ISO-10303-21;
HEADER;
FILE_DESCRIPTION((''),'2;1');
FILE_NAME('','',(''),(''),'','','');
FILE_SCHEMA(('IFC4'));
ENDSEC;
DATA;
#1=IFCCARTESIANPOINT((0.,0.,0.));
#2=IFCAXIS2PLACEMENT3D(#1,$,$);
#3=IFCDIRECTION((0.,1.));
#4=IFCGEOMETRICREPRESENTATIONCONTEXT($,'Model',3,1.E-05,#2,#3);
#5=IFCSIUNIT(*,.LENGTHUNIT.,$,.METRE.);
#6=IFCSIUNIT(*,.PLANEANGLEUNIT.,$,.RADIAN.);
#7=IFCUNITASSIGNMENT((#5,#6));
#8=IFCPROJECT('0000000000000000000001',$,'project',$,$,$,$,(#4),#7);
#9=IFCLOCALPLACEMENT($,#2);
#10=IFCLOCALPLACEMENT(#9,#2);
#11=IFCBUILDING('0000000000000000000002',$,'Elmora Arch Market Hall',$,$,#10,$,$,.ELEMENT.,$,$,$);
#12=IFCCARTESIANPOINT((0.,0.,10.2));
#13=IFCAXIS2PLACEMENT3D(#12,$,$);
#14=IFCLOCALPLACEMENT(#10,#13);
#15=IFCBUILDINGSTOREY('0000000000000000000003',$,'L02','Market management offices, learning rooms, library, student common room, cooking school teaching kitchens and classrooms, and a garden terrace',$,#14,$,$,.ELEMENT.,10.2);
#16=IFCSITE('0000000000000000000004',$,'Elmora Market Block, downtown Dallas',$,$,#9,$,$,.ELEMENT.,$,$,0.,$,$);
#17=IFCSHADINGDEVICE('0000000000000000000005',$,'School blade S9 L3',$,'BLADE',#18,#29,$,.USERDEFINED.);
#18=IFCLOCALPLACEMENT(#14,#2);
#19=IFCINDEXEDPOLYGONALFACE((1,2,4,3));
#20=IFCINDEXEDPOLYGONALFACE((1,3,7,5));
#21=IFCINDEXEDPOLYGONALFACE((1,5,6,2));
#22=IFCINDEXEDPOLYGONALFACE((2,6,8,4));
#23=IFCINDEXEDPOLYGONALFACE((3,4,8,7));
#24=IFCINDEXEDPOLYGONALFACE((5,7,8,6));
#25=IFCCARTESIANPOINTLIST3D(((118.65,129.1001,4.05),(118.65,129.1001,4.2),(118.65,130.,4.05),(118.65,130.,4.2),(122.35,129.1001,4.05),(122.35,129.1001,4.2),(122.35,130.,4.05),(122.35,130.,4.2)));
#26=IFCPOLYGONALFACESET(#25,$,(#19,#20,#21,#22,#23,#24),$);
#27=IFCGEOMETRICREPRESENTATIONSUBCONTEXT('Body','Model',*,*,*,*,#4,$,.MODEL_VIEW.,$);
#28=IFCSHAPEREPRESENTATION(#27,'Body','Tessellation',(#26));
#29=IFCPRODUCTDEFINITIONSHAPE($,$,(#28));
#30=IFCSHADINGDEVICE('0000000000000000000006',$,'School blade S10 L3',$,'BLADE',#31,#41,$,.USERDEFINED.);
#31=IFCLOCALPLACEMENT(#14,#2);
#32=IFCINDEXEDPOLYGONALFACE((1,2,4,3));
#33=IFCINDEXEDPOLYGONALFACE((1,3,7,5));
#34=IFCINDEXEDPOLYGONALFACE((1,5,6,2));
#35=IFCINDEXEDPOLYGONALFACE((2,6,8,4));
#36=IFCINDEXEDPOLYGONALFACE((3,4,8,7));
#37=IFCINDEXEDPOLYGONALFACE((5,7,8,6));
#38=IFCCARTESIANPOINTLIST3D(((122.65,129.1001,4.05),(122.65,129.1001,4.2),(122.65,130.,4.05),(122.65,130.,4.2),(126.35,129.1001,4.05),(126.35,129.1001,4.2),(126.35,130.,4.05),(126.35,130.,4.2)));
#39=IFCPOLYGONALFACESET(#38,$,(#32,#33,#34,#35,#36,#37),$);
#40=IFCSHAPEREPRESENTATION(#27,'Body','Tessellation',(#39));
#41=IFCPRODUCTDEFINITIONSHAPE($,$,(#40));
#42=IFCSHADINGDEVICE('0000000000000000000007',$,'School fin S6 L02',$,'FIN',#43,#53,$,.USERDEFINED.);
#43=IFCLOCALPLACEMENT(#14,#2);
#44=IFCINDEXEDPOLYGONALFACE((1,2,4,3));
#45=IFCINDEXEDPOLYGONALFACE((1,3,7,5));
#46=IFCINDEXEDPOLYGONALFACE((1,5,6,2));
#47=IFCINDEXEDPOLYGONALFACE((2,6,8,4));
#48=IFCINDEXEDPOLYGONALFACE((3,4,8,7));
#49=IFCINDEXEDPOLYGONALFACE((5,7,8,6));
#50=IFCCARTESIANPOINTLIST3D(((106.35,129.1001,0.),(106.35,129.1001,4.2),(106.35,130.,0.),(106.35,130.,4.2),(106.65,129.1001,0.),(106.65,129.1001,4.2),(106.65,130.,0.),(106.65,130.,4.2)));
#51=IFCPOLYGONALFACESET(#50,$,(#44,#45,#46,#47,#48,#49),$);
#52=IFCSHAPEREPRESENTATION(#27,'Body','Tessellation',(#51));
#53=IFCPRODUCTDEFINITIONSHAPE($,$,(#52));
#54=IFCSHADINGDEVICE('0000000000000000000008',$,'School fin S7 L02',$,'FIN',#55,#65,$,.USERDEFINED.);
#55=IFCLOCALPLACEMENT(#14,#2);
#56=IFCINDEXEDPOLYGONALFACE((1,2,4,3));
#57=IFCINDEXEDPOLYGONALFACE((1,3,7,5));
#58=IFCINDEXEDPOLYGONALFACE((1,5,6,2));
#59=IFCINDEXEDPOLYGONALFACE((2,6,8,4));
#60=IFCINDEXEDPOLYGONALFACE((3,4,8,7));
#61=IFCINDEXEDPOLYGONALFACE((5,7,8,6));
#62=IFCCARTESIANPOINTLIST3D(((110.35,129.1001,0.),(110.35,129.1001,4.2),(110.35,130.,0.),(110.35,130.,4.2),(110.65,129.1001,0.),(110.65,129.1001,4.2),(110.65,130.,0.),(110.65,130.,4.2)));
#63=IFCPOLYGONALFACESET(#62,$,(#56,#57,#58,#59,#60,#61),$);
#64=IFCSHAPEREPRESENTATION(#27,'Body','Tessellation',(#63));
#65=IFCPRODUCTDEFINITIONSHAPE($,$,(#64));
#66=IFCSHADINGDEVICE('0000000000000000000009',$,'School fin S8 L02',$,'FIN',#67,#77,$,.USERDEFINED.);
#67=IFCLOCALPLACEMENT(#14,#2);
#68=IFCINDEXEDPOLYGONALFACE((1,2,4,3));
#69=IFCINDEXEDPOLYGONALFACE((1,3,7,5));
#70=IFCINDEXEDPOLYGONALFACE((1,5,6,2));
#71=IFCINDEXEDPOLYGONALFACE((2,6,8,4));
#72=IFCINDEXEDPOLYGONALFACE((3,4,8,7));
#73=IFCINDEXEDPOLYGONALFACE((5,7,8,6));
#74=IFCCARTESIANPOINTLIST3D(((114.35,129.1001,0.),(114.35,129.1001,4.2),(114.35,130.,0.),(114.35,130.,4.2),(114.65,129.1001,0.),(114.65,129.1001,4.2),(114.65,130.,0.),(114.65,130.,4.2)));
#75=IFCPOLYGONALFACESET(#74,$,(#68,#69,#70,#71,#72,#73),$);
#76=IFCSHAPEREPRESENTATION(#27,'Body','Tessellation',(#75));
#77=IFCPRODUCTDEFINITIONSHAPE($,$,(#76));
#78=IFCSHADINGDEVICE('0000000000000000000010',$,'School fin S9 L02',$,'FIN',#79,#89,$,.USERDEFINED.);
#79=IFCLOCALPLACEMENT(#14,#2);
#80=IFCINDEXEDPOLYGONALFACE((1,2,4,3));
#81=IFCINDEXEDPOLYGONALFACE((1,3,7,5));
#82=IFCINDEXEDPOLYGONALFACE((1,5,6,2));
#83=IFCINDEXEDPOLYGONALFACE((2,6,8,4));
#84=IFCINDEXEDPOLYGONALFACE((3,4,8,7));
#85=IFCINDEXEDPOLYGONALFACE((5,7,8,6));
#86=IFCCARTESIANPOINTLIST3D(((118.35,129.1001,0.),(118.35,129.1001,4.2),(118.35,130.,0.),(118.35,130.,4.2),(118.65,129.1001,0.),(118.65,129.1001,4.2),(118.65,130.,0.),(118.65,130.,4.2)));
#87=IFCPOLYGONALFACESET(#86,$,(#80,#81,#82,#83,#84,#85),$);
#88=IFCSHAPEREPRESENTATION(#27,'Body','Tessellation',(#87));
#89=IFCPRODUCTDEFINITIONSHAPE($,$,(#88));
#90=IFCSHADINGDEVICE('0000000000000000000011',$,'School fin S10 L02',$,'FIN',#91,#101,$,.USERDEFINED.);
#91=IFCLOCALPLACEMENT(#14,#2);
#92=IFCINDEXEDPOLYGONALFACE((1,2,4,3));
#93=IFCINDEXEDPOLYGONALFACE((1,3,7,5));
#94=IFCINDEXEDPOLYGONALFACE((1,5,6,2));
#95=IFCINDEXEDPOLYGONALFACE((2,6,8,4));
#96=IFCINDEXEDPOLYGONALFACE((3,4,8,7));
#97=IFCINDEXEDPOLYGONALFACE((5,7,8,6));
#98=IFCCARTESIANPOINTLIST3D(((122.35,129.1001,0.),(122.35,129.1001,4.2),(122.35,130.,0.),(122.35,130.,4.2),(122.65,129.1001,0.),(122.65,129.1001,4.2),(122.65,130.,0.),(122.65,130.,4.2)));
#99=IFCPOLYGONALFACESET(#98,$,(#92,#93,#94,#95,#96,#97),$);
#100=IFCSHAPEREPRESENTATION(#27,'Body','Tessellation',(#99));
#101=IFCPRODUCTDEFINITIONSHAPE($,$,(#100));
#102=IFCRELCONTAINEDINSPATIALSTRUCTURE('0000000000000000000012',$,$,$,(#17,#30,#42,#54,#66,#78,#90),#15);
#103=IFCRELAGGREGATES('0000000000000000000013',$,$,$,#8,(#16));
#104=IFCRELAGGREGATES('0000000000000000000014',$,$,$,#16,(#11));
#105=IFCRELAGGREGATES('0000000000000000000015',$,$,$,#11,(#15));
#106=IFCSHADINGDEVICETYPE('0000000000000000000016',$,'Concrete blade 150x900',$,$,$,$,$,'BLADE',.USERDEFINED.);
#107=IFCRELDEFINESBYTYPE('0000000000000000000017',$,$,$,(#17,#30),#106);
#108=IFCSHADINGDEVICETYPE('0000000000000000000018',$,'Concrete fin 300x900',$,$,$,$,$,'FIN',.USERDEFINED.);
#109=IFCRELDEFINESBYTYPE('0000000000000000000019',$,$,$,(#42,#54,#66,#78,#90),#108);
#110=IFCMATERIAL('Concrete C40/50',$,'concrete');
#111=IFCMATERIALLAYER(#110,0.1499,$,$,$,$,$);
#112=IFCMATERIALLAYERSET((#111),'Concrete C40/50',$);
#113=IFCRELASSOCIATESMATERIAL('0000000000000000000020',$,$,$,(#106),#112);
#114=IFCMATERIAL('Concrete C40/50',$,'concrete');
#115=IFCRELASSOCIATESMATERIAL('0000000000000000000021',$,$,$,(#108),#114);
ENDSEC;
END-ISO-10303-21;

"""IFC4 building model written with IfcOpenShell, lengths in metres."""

from ifc_helpers import new_model, si_unit, direction, frame, origin, origin_2d, place, context, subcontext, project, spatial, rectangle, extrude, material, layer, layer_set, type_object, element, save


model = new_model("IFC4")

# Units and contexts
model_context = context("Model", 3, precision=1e-05, world=origin(), true_north=direction((0.0, 1.0)))
body_context = subcontext(model_context, "Body", "Model", "MODEL_VIEW")
ifc_project = project(units=[si_unit("LENGTHUNIT", "METRE"), si_unit("PLANEANGLEUNIT", "RADIAN")], contexts=[model_context])

# Site, building, storey
site_placement = place(None, origin())
site = spatial("IfcSite", under=ifc_project, at=site_placement, Name="Elmora Market Block, downtown Dallas", CompositionType="ELEMENT", RefElevation=0.0)
building_placement = place(site_placement, origin())
building = spatial("IfcBuilding", under=site, at=building_placement, Name="Elmora Arch Market Hall", CompositionType="ELEMENT")
storey_placement = place(building_placement, frame((0.0, 0.0, 10.2)))
storey = spatial("IfcBuildingStorey", under=building, at=storey_placement, Name="L02", Description="Market management offices, learning rooms, library, student common room, cooking school teaching kitchens and classrooms, and a garden terrace", CompositionType="ELEMENT", Elevation=10.2)

# Shading devices
ifc_material_1 = material(Name="Concrete C40/50", Category="concrete")
ifc_layer_1 = layer(ifc_material_1, 0.1499)
ifc_layer_set_1 = layer_set([ifc_layer_1], Name="Concrete C40/50")
shading_device_type_1 = type_object("IfcShadingDeviceType", Name="Concrete blade 150x900", ElementType="BLADE", PredefinedType="USERDEFINED", material=ifc_layer_set_1)
for number, where, z_axis, x_axis, name in (
    (1, (120.5, 129.55, 4.05), (0.0, 0.0, 1.0), (1.0, 0.0, 0.0), "School blade S9 L3"),
    (2, (124.5, 129.55, 4.05), (0.0, 0.0, 1.0), (1.0, 0.0, 0.0), "School blade S10 L3"),
):
    element("IfcShadingDevice", number, at=place(storey_placement, frame(where, z_axis=z_axis, x_axis=x_axis)), inside=storey, type_object=shading_device_type_1, Name=name, ObjectType="BLADE", PredefinedType="USERDEFINED", context=body_context, shape_type="SweptSolid", body=[
        extrude(rectangle(XDim=3.7, YDim=0.8999, at=origin_2d()), origin(), (0.0, 0.0, 1.0), 0.1499),
    ])
ifc_material_2 = material(Name="Concrete C40/50", Category="concrete")
shading_device_type_2 = type_object("IfcShadingDeviceType", Name="Concrete fin 300x900", ElementType="FIN", PredefinedType="USERDEFINED", material=ifc_material_2)
for number, where, z_axis, x_axis, name in (
    (3, (106.5, 129.55, 0.0), (0.0, 0.0, 1.0), (1.0, 0.0, 0.0), "School fin S6 L02"),
    (4, (110.5, 129.55, 0.0), (0.0, 0.0, 1.0), (1.0, 0.0, 0.0), "School fin S7 L02"),
    (5, (114.5, 129.55, 0.0), (0.0, 0.0, 1.0), (1.0, 0.0, 0.0), "School fin S8 L02"),
    (6, (118.5, 129.55, 0.0), (0.0, 0.0, 1.0), (1.0, 0.0, 0.0), "School fin S9 L02"),
    (7, (122.5, 129.55, 0.0), (0.0, 0.0, 1.0), (1.0, 0.0, 0.0), "School fin S10 L02"),
):
    element("IfcShadingDevice", number, at=place(storey_placement, frame(where, z_axis=z_axis, x_axis=x_axis)), inside=storey, type_object=shading_device_type_2, Name=name, ObjectType="FIN", PredefinedType="USERDEFINED", context=body_context, shape_type="SweptSolid", body=[
        extrude(rectangle(XDim=0.3, YDim=0.8999, at=origin_2d()), origin(), (0.0, 0.0, 1.0), 4.2),
    ])

save(model, "model.ifc")
